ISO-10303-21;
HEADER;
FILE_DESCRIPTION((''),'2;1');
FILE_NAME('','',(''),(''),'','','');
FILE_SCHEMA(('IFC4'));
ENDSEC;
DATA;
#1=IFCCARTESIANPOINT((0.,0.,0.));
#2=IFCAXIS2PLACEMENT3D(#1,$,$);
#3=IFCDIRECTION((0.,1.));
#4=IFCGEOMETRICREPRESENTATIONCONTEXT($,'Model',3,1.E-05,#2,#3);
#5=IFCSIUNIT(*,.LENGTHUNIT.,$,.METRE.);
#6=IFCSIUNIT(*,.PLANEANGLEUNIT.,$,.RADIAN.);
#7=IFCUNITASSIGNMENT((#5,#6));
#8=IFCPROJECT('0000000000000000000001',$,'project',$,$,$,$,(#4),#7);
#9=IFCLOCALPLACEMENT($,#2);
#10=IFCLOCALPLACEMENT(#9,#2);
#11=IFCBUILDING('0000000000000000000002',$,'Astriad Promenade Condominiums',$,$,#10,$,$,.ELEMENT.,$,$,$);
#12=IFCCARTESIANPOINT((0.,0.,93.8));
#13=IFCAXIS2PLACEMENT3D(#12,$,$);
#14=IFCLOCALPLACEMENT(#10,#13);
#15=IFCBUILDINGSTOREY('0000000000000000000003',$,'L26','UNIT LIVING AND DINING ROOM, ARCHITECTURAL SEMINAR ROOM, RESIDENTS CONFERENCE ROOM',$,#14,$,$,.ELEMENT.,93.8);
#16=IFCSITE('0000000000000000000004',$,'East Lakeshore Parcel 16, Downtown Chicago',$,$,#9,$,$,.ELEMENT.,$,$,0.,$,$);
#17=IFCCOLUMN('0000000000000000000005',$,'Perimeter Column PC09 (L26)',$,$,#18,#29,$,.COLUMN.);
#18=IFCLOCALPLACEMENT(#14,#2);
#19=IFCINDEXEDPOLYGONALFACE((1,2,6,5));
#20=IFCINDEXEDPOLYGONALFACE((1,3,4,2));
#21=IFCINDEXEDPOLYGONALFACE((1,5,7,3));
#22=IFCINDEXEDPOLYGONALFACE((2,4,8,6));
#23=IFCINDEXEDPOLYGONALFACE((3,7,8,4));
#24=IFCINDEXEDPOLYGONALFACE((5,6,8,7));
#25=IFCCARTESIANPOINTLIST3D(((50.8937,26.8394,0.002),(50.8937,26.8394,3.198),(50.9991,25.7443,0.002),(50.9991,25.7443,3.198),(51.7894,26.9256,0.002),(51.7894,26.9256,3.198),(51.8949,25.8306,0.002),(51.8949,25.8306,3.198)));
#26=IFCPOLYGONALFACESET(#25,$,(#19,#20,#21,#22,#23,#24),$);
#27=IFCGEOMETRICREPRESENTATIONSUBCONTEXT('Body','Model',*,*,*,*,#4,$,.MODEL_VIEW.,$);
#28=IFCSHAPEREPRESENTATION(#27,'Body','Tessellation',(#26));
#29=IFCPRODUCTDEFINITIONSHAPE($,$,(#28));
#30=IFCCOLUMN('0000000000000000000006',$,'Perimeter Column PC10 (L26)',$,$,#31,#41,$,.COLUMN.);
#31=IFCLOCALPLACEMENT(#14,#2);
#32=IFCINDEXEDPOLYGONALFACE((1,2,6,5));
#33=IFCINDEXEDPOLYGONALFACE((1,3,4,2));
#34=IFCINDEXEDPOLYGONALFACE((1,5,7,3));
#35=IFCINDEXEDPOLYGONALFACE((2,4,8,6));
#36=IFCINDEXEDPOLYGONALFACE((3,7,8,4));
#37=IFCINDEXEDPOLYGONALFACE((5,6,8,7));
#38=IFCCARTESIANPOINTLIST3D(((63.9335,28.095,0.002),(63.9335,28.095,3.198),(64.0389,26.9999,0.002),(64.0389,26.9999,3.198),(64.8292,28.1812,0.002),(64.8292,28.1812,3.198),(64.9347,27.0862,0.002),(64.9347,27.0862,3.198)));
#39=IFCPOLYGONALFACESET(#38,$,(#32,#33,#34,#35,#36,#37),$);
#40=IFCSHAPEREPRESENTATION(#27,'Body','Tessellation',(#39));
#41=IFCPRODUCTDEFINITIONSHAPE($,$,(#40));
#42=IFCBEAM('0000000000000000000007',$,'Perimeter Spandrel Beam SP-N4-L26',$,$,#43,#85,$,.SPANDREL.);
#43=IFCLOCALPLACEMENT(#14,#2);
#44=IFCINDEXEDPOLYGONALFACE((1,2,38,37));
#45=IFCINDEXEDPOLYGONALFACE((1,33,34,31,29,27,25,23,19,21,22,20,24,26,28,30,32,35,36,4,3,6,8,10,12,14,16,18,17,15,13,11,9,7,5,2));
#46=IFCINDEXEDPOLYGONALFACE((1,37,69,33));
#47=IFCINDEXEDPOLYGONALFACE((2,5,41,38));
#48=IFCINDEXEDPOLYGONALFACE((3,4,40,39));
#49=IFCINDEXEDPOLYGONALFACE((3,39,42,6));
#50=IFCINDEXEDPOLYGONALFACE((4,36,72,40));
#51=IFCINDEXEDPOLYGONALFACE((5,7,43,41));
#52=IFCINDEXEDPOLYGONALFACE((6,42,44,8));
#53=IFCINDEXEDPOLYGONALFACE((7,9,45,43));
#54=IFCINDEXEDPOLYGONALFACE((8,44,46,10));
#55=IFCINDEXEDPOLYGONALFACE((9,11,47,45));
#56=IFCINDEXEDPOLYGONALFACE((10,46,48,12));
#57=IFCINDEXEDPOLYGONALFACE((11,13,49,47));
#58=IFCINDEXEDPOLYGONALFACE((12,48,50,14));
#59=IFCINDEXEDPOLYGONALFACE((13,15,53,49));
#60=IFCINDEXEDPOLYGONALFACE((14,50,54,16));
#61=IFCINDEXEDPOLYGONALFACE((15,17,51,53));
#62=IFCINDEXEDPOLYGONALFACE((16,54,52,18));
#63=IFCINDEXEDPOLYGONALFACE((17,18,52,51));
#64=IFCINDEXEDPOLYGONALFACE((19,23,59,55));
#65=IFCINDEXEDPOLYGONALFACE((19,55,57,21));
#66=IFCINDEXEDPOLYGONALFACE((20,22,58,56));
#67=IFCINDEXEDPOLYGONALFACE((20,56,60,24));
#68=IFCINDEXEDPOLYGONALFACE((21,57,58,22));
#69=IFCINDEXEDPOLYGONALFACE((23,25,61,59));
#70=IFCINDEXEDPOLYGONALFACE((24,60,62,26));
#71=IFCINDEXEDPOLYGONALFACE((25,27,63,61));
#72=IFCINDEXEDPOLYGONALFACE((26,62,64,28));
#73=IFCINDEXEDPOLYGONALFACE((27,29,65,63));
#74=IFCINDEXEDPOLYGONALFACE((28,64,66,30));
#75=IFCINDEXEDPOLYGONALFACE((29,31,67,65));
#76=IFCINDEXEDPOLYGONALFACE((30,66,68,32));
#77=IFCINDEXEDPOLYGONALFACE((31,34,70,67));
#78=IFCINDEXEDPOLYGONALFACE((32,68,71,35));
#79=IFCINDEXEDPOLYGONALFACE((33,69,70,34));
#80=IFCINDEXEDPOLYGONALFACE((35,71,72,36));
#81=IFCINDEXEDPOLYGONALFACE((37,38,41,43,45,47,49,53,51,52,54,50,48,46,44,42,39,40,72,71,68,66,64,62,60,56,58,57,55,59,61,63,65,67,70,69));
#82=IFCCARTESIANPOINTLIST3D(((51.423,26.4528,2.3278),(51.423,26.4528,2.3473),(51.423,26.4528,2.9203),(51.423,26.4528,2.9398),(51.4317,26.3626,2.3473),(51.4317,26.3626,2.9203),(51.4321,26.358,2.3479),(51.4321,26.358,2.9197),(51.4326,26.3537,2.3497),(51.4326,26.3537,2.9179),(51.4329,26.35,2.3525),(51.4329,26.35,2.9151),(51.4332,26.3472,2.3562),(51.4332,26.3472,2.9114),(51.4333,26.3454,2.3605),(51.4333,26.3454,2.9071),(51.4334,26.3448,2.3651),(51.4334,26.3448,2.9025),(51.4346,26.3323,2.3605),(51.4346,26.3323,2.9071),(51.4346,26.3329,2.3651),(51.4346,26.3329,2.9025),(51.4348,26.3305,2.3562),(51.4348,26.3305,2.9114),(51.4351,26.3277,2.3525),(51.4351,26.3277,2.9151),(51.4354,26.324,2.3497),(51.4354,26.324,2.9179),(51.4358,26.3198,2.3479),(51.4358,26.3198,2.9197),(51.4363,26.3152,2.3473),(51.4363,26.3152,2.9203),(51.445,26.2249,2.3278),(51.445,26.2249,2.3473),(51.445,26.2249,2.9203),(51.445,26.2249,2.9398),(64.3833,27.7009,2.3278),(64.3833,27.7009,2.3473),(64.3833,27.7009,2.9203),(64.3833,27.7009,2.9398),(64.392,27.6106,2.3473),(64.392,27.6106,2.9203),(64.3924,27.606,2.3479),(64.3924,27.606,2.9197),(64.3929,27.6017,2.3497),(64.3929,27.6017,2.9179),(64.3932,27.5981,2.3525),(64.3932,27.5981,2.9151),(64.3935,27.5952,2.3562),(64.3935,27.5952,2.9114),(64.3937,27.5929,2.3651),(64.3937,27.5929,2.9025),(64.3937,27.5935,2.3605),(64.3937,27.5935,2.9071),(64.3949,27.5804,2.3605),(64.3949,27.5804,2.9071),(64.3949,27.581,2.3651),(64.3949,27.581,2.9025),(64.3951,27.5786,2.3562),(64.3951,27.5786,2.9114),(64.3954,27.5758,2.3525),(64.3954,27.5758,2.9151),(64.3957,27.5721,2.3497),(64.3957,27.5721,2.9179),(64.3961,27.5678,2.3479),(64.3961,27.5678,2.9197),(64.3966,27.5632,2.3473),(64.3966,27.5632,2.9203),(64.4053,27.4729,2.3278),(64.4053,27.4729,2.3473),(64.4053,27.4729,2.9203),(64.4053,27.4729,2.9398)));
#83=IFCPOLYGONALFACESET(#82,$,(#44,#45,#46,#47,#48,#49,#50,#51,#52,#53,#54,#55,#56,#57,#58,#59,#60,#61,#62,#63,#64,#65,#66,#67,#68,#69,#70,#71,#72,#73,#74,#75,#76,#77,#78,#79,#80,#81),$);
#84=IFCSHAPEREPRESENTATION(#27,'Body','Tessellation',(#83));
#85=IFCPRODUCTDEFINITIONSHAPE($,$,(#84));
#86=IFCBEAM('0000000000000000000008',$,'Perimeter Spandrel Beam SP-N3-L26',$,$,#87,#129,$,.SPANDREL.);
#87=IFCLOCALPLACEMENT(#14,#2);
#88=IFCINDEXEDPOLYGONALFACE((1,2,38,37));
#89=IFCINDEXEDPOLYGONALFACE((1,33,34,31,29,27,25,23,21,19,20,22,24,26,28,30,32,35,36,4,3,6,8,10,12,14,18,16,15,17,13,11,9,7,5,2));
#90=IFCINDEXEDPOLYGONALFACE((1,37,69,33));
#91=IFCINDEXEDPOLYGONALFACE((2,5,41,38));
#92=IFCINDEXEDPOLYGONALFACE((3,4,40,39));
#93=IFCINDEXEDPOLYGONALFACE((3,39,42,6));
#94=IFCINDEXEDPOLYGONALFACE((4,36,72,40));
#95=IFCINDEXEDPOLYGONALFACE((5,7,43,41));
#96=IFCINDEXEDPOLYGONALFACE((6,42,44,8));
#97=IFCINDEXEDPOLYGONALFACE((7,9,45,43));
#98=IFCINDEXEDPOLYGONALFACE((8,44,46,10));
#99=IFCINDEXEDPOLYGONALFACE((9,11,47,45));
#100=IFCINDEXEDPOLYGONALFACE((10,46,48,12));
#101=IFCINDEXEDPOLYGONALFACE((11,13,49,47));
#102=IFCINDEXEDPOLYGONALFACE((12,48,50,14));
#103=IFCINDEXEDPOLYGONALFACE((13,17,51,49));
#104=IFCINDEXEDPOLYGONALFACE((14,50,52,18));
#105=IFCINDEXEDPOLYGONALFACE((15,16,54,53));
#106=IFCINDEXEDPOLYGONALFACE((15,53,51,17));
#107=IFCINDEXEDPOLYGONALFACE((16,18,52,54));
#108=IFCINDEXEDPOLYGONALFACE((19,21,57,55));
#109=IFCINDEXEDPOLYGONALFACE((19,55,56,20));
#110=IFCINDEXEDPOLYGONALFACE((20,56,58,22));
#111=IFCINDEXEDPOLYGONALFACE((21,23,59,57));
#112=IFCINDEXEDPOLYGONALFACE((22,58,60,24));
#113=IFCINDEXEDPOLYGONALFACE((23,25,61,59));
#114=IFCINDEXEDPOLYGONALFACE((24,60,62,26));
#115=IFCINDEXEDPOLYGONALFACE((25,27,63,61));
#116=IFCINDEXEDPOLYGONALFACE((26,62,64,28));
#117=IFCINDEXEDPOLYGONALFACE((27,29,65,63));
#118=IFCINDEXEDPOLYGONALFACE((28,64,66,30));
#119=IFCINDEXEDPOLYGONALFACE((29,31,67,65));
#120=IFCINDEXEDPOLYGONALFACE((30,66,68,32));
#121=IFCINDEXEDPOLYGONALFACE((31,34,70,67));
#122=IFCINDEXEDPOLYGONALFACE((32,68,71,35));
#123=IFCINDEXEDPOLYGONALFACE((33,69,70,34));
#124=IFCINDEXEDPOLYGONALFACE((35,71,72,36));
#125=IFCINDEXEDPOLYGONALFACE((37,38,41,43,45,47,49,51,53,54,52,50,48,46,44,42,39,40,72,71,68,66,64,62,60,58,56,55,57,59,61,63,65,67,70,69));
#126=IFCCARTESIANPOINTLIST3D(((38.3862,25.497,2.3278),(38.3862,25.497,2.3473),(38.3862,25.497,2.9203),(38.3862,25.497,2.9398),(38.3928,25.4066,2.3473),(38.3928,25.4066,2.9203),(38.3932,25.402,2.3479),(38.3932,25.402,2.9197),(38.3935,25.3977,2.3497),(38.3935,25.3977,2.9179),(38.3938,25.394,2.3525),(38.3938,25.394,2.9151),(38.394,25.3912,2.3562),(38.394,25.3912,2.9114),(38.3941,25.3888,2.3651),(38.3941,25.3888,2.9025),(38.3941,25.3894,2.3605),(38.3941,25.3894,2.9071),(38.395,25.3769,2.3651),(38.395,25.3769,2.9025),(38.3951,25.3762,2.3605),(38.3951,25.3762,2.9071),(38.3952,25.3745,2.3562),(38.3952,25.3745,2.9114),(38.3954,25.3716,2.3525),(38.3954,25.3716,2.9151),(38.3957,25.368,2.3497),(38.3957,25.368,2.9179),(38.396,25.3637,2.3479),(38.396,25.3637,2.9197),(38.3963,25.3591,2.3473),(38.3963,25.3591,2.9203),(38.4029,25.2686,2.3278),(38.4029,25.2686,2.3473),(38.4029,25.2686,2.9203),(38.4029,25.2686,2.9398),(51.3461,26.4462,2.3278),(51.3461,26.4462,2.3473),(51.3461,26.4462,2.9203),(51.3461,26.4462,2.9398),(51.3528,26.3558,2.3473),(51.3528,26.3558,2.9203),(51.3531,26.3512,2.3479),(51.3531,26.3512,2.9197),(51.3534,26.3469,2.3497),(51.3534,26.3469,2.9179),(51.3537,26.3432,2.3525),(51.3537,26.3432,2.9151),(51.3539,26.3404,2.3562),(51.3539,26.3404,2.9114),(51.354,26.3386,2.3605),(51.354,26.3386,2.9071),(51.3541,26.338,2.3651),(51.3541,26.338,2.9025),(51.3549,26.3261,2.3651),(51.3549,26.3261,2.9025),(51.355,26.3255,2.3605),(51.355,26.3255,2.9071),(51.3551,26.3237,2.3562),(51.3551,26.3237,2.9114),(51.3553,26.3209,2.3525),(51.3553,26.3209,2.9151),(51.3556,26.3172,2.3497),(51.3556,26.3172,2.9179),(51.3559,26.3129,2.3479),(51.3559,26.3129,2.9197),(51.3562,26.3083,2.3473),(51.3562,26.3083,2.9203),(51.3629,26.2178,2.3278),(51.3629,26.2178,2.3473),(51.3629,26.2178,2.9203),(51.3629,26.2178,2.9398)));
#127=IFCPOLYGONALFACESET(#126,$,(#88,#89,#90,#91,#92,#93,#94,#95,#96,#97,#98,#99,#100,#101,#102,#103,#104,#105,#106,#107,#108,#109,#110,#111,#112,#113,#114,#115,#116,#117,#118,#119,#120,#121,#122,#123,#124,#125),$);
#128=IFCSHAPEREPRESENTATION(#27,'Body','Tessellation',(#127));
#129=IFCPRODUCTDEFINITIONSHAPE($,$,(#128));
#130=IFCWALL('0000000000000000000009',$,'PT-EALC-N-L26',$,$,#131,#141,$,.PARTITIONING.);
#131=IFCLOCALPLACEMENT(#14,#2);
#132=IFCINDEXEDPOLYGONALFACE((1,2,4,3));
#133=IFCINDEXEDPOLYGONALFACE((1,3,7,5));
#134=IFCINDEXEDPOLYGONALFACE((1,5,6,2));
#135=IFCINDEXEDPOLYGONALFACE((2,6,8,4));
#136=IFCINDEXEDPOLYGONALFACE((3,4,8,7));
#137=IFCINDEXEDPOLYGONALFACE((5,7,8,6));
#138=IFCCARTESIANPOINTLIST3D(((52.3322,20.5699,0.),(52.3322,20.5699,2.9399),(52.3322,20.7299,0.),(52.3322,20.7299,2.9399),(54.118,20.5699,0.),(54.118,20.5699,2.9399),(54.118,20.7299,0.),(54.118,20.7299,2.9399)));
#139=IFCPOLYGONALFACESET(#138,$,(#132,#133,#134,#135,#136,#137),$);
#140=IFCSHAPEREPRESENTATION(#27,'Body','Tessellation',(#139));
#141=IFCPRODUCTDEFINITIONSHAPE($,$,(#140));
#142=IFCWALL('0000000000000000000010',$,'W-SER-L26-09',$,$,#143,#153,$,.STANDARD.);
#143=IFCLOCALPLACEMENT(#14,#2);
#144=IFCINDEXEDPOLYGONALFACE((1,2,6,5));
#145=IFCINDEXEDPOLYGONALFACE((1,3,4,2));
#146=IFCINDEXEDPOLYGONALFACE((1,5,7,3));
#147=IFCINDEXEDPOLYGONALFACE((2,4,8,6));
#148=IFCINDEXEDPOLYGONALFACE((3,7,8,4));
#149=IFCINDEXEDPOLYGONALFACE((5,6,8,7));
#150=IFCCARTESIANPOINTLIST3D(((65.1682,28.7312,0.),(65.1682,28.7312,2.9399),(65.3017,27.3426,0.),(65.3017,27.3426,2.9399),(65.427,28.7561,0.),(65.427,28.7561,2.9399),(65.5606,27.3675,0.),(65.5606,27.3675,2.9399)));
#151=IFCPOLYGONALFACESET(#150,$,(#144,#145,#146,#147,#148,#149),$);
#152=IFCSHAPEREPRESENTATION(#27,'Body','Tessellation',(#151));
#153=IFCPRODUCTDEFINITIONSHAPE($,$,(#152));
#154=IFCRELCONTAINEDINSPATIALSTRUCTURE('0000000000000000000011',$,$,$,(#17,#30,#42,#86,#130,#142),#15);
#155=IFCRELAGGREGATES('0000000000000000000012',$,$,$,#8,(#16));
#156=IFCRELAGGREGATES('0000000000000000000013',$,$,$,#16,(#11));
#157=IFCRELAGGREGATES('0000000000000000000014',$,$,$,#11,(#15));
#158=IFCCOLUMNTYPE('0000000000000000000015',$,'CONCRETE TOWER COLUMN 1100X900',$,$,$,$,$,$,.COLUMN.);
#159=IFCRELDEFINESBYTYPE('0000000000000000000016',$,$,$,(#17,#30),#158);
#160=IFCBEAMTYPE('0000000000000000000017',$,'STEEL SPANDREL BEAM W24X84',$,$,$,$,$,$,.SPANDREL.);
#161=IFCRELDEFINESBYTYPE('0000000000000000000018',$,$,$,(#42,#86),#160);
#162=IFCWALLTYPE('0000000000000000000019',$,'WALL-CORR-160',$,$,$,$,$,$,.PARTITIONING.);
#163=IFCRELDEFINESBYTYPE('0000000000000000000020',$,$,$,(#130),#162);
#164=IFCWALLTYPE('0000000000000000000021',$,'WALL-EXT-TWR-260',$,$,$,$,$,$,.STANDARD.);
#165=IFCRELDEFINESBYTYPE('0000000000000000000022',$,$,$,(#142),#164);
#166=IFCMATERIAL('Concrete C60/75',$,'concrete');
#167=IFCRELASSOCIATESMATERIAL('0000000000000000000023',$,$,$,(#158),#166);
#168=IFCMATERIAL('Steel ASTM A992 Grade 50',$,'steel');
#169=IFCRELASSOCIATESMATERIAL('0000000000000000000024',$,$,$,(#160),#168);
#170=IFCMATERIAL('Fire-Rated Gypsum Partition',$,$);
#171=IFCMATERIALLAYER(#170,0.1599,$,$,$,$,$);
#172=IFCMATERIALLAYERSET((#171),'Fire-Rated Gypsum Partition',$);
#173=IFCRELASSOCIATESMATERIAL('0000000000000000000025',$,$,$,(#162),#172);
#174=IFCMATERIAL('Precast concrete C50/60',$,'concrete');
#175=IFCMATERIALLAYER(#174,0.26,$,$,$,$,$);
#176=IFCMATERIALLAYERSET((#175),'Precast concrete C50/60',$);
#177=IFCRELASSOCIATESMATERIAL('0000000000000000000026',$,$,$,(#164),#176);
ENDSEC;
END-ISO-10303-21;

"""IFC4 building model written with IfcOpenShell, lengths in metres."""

from ifc_helpers import new_model, si_unit, direction, frame, frame_2d, origin, origin_2d, place, context, subcontext, project, spatial, rectangle, i_section, extrude, source, transform, mapped, material, layer, layer_set, material_profile, profile_set, type_object, type_shapes, element, save


model = new_model("IFC4")

# Units and contexts
model_context = context("Model", 3, precision=1e-05, world=origin(), true_north=direction((0.0, 1.0)))
body_context = subcontext(model_context, "Body", "Model", "MODEL_VIEW")
ifc_project = project(units=[si_unit("LENGTHUNIT", "METRE"), si_unit("PLANEANGLEUNIT", "RADIAN")], contexts=[model_context])

# Site, building, storey
site_placement = place(None, origin())
site = spatial("IfcSite", under=ifc_project, at=site_placement, Name="East Lakeshore Parcel 16, Downtown Chicago", CompositionType="ELEMENT", RefElevation=0.0)
building_placement = place(site_placement, origin())
building = spatial("IfcBuilding", under=site, at=building_placement, Name="Astriad Promenade Condominiums", CompositionType="ELEMENT")
storey_placement = place(building_placement, frame((0.0, 0.0, 93.8)))
storey = spatial("IfcBuildingStorey", under=building, at=storey_placement, Name="L26", Description="UNIT LIVING AND DINING ROOM, ARCHITECTURAL SEMINAR ROOM, RESIDENTS CONFERENCE ROOM", CompositionType="ELEMENT", Elevation=93.8)

# Columns
ifc_material_1 = material(Name="Concrete C60/75", Category="concrete")
ifc_material_profile_1 = material_profile(ifc_material_1, rectangle(XDim=0.8999, YDim=1.1001, at=origin_2d()), Name="RC-COL-1100X900")
ifc_profile_set_1 = profile_set([ifc_material_profile_1], Name="Concrete C60/75")
column_type = type_object("IfcColumnType", Name="CONCRETE TOWER COLUMN 1100X900", PredefinedType="COLUMN", material=ifc_profile_set_1)
shared_shape_1 = source(origin(), body_context, "Body", "SweptSolid", [
    extrude(rectangle(XDim=0.8999, YDim=1.1001, at=origin_2d()), origin(), (0.0, 0.0, 1.0), 3.196),
])
type_shapes(column_type, [shared_shape_1])
for number, where, z_axis, x_axis, name in (
    (1, (51.3943, 26.335, 0.002), (0.0, 0.0, 1.0), (0.995396, 0.095846, 0.0), "Perimeter Column PC09 (L26)"),
    (2, (64.4341, 27.5906, 0.002), (0.0, 0.0, 1.0), (0.995396, 0.095846, 0.0), "Perimeter Column PC10 (L26)"),
):
    element("IfcColumn", number, at=place(storey_placement, frame(where, z_axis=z_axis, x_axis=x_axis)), inside=storey, type_object=column_type, Name=name, PredefinedType="COLUMN", context=body_context, shape_type="MappedRepresentation", body=[
        mapped(shared_shape_1, transform((0.0, 0.0, 0.0), scale=1.0)),
    ])

# Beams
ifc_material_2 = material(Name="Steel ASTM A992 Grade 50", Category="steel")
ifc_material_profile_2 = material_profile(ifc_material_2, i_section(OverallWidth=0.229, OverallDepth=0.6121, WebThickness=0.012, FlangeThickness=0.0195, FilletRadius=0.0178, at=origin_2d()), Name="W24X84")
ifc_profile_set_2 = profile_set([ifc_material_profile_2], Name="Steel ASTM A992 Grade 50")
beam_type = type_object("IfcBeamType", Name="STEEL SPANDREL BEAM W24X84", PredefinedType="SPANDREL", material=ifc_profile_set_2)
shared_shape_2 = source(origin(), body_context, "Body", "SweptSolid", [
    extrude(i_section(OverallWidth=0.229, OverallDepth=0.6121, WebThickness=0.012, FlangeThickness=0.0195, FilletRadius=0.0178, at=origin_2d()), origin(), (0.0, 0.0, 1.0), 13.0203),
])
beam_1_placement = place(storey_placement, frame((64.3943, 27.5869, 2.6338), z_axis=(-0.995395, -0.095855, 0.0), x_axis=(0.095855, -0.995395, 0.0)))
element("IfcBeam", 3, at=beam_1_placement, inside=storey, type_object=beam_type, Name="Perimeter Spandrel Beam SP-N4-L26", PredefinedType="SPANDREL", context=body_context, shape_type="MappedRepresentation", body=[
    mapped(shared_shape_2, transform((0.0, 0.0, 0.0), scale=1.0)),
])
shared_shape_3 = source(origin(), body_context, "Body", "SweptSolid", [
    extrude(i_section(OverallWidth=0.229, OverallDepth=0.6121, WebThickness=0.012, FlangeThickness=0.0195, FilletRadius=0.0178, at=origin_2d()), origin(), (0.0, 0.0, 1.0), 12.9946),
])
type_shapes(beam_type, [shared_shape_2, shared_shape_3])
beam_2_placement = place(storey_placement, frame((51.3545, 26.332, 2.6338), z_axis=(-0.997329, -0.073047, 0.0), x_axis=(0.073047, -0.997329, 0.0)))
element("IfcBeam", 4, at=beam_2_placement, inside=storey, type_object=beam_type, Name="Perimeter Spandrel Beam SP-N3-L26", PredefinedType="SPANDREL", context=body_context, shape_type="MappedRepresentation", body=[
    mapped(shared_shape_3, transform((0.0, 0.0, 0.0), scale=1.0)),
])

# Walls
ifc_material_3 = material(Name="Fire-Rated Gypsum Partition")
ifc_layer_1 = layer(ifc_material_3, 0.1599)
ifc_layer_set_1 = layer_set([ifc_layer_1], Name="Fire-Rated Gypsum Partition")
wall_type_1 = type_object("IfcWallType", Name="WALL-CORR-160", PredefinedType="PARTITIONING", material=ifc_layer_set_1)
wall_1_placement = place(storey_placement, frame((52.332, 20.6499, 0.0), z_axis=(0.0, 0.0, 1.0), x_axis=(1.0, 0.0, 0.0)))
element("IfcWall", 5, at=wall_1_placement, inside=storey, type_object=wall_type_1, Name="PT-EALC-N-L26", PredefinedType="PARTITIONING", context=body_context, shape_type="SweptSolid", body=[
    extrude(rectangle(XDim=1.7859, YDim=0.1599, at=frame_2d((0.8931, 0.0))), origin(), (0.0, 0.0, 1.0), 2.9399),
])
ifc_material_4 = material(Name="Precast concrete C50/60", Category="concrete")
ifc_layer_2 = layer(ifc_material_4, 0.26)
ifc_layer_set_2 = layer_set([ifc_layer_2], Name="Precast concrete C50/60")
wall_type_2 = type_object("IfcWallType", Name="WALL-EXT-TWR-260", PredefinedType="STANDARD", material=ifc_layer_set_2)
wall_2_placement = place(storey_placement, frame((65.2976, 28.7437, 0.0), z_axis=(0.0, 0.0, 1.0), x_axis=(0.095726, -0.995408, 0.0)))
element("IfcWall", 6, at=wall_2_placement, inside=storey, type_object=wall_type_2, Name="W-SER-L26-09", PredefinedType="STANDARD", context=body_context, shape_type="SweptSolid", body=[
    extrude(rectangle(XDim=1.395, YDim=0.26, at=frame_2d((0.6975, 0.0))), origin(), (0.0, 0.0, 1.0), 2.9399),
])

save(model, "model.ifc")
